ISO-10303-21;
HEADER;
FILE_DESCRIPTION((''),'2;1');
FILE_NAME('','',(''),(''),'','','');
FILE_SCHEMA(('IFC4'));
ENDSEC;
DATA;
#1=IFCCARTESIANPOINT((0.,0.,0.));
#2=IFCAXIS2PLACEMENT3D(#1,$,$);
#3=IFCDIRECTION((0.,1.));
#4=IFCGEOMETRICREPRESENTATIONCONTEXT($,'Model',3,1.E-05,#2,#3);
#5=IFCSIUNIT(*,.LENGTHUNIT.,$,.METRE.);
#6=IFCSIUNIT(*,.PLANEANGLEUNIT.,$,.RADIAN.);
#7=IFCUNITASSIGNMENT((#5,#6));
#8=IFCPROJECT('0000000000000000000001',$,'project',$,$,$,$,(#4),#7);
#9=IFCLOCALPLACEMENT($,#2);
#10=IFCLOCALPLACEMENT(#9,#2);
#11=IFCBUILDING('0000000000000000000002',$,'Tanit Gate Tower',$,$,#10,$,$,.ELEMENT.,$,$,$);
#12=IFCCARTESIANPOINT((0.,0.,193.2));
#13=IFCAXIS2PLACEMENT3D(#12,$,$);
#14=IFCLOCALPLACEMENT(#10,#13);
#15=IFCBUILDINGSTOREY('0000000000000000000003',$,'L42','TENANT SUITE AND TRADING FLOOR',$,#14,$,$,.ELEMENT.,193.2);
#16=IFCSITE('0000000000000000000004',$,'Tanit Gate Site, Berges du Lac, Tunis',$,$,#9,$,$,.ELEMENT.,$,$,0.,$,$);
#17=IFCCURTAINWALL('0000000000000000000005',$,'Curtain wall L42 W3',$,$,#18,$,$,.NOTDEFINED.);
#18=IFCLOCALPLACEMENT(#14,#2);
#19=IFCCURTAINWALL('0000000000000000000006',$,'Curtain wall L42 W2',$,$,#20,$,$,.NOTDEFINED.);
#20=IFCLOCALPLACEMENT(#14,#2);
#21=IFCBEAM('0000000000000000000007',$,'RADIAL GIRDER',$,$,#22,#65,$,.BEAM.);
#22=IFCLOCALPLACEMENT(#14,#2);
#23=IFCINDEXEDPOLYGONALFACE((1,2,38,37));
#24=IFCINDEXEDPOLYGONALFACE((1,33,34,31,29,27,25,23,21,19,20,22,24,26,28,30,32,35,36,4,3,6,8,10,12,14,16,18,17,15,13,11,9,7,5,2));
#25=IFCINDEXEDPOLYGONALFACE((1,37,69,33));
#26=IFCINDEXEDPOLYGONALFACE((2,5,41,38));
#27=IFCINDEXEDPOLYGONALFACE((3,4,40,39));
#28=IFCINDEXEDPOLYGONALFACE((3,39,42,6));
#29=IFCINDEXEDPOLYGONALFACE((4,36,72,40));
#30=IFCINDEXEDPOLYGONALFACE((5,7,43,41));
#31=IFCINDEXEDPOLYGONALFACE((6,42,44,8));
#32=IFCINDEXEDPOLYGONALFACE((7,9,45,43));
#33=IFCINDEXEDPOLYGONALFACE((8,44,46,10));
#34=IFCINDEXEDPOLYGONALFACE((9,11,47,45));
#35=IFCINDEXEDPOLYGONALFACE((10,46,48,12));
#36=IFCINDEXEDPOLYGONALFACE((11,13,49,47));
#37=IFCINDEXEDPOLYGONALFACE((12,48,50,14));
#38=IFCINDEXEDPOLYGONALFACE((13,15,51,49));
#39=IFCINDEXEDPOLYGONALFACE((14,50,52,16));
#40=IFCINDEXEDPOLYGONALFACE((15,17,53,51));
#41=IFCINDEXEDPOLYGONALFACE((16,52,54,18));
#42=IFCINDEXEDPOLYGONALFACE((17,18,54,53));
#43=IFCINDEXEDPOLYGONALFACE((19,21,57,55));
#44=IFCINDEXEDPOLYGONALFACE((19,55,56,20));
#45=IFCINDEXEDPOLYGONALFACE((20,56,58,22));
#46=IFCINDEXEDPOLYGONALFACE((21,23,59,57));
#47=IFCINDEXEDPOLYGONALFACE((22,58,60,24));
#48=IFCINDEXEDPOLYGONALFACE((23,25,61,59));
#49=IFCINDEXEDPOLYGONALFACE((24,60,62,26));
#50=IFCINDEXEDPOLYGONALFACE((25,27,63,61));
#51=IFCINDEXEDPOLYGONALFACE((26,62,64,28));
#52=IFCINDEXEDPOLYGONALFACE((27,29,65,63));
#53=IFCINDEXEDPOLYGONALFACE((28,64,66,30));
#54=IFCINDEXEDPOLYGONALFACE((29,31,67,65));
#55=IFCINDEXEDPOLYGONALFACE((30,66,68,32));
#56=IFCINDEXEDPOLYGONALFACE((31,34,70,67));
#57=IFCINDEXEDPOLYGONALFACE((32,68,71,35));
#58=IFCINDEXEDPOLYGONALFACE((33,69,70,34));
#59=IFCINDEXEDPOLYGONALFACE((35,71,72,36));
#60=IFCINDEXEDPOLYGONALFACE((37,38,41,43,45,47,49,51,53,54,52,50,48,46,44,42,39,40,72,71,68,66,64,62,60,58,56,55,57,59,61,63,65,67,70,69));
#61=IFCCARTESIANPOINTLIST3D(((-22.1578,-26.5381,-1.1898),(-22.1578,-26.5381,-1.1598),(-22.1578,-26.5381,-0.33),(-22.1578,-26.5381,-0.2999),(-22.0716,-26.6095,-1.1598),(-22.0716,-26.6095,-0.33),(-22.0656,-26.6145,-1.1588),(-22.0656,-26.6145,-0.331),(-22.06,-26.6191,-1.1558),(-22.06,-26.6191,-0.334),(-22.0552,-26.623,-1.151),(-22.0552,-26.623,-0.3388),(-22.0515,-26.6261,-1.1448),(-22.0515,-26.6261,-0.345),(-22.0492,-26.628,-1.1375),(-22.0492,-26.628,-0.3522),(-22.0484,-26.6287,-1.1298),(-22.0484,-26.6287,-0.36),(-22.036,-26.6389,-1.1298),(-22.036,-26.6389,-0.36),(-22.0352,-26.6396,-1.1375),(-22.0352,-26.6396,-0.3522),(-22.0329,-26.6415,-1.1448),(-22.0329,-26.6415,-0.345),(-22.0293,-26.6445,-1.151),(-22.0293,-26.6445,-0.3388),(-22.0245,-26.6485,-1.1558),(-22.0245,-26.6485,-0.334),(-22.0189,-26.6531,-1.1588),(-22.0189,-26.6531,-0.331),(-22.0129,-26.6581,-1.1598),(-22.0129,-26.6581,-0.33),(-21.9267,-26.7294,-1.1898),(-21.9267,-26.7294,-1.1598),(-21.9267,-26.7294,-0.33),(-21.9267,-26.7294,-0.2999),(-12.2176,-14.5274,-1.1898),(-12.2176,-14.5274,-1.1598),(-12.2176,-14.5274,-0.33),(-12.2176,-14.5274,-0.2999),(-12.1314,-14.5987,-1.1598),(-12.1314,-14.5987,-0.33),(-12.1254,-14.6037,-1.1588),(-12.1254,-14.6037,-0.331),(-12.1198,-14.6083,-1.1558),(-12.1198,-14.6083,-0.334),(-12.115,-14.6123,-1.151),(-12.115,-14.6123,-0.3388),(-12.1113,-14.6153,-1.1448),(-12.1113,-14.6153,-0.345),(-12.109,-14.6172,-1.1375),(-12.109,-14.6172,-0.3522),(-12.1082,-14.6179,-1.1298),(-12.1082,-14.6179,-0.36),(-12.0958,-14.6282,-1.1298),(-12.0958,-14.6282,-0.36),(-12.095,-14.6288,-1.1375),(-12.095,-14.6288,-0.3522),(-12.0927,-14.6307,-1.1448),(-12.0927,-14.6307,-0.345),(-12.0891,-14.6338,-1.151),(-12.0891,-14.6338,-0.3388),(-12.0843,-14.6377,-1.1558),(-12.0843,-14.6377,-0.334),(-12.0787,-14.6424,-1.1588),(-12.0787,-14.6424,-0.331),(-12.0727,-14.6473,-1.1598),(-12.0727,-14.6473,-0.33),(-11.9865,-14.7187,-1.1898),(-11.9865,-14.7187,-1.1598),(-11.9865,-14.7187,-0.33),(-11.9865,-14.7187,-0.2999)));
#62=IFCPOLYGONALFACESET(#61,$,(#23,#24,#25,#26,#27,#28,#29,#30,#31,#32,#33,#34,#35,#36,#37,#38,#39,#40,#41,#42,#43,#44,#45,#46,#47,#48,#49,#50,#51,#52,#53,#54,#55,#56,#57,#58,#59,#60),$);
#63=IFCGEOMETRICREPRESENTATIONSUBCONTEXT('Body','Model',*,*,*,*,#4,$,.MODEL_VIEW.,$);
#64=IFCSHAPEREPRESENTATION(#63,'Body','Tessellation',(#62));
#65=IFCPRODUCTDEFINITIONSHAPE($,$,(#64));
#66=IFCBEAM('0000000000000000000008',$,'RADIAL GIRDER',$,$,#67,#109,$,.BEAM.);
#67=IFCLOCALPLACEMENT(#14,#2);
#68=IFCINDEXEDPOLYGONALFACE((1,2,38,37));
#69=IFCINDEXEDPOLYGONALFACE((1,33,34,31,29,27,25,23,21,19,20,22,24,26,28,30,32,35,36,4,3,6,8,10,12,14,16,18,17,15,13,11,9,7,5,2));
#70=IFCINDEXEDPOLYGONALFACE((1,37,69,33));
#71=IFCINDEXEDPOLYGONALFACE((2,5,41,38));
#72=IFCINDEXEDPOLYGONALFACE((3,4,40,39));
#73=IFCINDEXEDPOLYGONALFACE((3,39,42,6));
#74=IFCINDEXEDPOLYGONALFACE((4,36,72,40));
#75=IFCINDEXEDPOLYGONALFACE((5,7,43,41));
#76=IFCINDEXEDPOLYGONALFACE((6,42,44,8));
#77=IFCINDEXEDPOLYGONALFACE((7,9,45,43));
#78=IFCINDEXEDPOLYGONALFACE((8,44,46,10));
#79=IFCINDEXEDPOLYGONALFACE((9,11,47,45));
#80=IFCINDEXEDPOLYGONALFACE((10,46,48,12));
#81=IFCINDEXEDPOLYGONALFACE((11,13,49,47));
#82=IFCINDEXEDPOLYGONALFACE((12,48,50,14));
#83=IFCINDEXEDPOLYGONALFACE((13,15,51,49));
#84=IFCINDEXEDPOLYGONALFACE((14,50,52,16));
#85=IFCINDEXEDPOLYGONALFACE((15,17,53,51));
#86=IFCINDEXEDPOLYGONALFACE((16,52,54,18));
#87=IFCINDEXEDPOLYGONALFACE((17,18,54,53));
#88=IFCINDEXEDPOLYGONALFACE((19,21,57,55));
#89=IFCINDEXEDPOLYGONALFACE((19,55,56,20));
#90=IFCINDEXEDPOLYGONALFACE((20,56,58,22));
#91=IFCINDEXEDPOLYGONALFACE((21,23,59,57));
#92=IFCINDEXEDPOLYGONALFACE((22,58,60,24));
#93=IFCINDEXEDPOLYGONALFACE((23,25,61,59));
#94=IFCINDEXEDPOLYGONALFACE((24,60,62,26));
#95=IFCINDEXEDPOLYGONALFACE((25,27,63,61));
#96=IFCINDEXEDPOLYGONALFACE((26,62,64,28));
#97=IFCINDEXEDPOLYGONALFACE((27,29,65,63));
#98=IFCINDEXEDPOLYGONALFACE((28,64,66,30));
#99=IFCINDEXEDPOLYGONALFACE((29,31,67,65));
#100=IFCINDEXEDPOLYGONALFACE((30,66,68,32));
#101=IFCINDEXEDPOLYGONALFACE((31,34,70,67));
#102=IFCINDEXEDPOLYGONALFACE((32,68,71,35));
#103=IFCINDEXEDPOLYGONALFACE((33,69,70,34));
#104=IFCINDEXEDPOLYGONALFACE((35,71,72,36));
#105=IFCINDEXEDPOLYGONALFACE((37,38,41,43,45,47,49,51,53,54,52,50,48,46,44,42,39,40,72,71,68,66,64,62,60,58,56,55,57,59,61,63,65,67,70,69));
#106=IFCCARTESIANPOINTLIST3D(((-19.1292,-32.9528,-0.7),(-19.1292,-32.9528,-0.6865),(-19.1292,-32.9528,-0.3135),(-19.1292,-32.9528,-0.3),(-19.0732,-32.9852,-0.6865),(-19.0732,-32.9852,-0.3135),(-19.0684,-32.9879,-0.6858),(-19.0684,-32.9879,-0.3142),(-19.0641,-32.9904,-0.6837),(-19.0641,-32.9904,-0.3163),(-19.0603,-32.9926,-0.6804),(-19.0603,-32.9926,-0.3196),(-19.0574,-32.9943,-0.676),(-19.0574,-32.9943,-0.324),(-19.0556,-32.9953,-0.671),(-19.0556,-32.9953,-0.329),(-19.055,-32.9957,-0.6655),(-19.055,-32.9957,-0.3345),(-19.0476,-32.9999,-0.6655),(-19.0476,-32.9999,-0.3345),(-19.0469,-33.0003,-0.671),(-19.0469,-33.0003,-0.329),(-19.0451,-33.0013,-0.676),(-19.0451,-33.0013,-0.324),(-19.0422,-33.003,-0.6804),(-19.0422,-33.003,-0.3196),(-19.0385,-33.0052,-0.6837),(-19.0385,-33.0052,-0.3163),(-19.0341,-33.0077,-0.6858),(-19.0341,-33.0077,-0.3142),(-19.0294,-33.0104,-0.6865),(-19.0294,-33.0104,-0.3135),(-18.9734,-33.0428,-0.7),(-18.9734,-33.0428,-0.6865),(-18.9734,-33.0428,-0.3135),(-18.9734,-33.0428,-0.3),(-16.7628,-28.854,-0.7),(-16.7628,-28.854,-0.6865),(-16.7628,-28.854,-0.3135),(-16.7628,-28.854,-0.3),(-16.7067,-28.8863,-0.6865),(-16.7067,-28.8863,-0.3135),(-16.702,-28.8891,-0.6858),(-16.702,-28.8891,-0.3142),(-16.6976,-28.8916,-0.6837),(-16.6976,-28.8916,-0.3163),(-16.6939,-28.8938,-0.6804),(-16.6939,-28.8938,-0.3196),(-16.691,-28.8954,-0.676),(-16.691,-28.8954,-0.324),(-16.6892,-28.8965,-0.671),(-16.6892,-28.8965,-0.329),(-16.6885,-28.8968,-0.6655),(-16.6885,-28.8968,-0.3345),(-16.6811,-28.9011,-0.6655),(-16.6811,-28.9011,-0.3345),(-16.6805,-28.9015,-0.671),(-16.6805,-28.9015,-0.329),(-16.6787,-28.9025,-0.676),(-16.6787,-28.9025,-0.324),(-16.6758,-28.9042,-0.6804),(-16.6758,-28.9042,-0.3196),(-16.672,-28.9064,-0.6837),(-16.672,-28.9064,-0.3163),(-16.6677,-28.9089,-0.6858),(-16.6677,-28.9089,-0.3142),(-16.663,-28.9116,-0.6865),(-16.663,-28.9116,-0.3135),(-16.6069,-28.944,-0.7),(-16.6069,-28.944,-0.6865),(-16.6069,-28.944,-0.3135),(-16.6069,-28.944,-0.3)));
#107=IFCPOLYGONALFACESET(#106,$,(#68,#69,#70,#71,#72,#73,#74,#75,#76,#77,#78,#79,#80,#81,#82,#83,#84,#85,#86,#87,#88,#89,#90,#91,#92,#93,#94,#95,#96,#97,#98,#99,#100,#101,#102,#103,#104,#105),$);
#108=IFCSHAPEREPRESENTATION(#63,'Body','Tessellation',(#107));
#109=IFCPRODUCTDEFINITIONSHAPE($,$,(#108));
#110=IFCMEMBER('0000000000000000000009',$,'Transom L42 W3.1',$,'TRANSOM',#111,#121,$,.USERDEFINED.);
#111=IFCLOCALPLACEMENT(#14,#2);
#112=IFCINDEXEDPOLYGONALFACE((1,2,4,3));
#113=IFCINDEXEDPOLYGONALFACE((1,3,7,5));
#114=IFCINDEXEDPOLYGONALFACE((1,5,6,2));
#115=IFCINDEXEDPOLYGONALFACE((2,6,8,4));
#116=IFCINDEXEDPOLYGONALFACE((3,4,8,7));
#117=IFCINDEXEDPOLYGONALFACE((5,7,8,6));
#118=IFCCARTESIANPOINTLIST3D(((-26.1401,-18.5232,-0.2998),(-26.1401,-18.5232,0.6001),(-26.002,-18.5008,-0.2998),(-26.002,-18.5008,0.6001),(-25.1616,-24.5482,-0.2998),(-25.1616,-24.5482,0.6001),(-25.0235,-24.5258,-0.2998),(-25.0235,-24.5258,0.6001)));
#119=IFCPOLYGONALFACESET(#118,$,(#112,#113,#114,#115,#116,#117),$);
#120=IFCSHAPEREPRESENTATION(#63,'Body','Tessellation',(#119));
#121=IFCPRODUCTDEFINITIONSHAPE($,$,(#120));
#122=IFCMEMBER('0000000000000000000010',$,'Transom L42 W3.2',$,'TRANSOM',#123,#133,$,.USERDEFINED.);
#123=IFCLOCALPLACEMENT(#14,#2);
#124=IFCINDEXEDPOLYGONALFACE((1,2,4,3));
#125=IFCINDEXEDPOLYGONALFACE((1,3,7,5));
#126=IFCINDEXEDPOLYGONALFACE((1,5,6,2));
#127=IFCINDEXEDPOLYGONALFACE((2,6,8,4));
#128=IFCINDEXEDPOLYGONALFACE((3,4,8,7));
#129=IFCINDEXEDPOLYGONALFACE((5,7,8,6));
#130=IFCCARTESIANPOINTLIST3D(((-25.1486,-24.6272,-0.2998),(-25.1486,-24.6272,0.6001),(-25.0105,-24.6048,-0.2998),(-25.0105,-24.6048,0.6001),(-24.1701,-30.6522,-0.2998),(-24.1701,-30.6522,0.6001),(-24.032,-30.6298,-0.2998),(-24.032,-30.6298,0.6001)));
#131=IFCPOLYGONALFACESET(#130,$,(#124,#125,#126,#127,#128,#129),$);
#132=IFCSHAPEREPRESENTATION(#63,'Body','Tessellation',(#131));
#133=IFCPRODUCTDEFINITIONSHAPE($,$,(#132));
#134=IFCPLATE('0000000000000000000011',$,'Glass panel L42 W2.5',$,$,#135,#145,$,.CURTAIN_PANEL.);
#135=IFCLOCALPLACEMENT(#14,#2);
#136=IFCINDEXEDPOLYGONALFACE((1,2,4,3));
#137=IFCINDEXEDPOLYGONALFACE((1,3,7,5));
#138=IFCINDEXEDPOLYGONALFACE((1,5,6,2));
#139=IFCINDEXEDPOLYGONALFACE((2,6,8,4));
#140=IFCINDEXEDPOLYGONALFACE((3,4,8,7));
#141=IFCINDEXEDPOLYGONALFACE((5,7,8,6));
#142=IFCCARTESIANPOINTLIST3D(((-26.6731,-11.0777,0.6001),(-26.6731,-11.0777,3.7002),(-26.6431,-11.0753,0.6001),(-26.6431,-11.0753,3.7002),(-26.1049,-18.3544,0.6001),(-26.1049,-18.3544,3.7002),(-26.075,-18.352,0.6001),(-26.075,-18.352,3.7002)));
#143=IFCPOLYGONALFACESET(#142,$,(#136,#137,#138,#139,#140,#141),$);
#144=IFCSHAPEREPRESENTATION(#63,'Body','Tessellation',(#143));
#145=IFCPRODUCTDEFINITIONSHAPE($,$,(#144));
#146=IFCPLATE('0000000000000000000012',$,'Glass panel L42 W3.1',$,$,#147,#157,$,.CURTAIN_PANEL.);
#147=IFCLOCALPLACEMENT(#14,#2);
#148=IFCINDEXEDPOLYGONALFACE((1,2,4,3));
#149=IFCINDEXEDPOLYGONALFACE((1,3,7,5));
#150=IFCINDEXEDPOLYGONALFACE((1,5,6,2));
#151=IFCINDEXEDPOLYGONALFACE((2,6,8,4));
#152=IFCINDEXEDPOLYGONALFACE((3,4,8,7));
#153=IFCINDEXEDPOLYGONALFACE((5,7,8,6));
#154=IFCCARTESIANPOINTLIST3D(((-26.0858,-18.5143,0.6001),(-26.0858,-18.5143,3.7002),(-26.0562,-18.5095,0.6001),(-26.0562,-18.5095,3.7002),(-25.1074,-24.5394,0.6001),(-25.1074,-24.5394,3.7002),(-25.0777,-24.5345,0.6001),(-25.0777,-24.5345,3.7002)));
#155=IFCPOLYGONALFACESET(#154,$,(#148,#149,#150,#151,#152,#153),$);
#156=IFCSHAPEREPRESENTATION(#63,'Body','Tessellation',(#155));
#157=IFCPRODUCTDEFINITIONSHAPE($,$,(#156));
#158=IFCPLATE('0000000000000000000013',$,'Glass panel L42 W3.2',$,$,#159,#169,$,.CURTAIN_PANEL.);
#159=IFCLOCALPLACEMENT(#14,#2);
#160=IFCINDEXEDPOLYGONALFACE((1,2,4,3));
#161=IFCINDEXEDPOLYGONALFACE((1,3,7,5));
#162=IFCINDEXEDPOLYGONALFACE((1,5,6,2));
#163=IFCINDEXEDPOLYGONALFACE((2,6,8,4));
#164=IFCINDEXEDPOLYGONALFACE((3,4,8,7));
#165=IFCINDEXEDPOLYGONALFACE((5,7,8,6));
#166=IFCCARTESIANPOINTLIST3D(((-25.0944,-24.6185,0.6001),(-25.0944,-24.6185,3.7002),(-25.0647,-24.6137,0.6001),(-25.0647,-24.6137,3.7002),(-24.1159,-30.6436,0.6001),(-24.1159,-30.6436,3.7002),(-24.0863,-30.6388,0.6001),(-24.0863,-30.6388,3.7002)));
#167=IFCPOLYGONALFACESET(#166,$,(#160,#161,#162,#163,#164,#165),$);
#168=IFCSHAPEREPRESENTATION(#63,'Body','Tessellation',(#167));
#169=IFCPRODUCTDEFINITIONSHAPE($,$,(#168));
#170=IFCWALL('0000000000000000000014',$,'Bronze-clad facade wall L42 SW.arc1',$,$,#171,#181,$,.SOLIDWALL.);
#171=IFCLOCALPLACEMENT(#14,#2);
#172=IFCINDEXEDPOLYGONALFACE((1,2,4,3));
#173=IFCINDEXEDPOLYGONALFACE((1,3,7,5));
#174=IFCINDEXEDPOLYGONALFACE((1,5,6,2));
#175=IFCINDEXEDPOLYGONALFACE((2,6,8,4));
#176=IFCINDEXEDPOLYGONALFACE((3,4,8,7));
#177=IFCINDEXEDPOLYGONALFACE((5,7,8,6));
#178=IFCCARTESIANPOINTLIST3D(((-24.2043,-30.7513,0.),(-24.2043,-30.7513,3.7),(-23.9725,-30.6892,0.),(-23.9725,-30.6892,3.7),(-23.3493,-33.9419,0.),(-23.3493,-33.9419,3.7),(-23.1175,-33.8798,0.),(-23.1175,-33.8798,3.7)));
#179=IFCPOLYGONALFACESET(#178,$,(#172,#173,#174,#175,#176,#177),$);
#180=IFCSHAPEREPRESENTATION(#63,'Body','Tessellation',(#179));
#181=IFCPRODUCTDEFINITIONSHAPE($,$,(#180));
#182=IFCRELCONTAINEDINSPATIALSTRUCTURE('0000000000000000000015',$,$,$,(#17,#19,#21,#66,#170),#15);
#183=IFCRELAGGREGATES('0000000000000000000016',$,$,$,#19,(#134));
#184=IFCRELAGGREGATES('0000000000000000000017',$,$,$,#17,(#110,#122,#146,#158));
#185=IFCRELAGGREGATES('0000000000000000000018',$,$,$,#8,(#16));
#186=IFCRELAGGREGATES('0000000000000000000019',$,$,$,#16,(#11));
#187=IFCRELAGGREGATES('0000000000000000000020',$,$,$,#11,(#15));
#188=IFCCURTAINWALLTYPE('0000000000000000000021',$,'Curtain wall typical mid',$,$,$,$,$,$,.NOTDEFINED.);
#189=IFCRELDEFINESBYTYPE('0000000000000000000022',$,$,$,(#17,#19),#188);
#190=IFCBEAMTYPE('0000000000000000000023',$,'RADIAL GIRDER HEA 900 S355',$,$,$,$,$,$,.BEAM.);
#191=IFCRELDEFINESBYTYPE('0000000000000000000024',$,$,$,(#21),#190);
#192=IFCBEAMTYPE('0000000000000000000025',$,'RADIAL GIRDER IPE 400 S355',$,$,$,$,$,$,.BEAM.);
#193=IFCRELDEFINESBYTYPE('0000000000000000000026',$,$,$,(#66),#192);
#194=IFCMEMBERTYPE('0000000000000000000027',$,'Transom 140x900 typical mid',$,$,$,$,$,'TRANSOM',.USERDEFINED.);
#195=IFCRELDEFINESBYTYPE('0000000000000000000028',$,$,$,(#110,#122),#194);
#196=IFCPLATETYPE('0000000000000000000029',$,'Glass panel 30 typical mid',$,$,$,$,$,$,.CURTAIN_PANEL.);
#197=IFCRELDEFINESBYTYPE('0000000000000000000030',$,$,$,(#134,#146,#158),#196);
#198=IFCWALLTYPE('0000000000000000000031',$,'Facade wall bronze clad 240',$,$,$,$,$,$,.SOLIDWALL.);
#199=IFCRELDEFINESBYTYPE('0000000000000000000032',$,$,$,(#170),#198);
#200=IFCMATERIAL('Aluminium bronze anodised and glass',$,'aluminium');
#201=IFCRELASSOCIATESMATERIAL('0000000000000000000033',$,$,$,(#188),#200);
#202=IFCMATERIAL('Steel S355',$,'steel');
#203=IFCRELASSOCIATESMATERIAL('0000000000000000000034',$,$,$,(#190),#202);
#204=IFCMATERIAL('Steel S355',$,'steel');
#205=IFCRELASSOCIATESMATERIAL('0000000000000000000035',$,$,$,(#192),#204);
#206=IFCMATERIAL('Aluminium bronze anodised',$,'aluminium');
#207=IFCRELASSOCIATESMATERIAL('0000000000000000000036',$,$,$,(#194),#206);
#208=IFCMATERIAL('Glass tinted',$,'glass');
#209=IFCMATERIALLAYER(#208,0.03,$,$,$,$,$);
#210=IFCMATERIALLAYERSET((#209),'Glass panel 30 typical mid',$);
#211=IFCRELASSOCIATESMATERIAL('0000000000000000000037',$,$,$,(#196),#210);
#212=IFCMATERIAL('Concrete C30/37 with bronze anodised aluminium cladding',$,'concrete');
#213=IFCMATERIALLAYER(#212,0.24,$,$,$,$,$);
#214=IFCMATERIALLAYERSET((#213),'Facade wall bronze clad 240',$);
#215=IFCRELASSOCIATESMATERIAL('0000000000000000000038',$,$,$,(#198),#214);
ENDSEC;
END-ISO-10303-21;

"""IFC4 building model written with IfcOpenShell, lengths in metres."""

from ifc_helpers import new_model, si_unit, direction, frame, frame_2d, origin, origin_2d, place, context, subcontext, project, spatial, rectangle, i_section, extrude, material, layer, layer_set, material_profile, profile_set, type_object, element, aggregate, save


model = new_model("IFC4")

# Units and contexts
model_context = context("Model", 3, precision=1e-05, world=origin(), true_north=direction((0.0, 1.0)))
body_context = subcontext(model_context, "Body", "Model", "MODEL_VIEW")
ifc_project = project(units=[si_unit("LENGTHUNIT", "METRE"), si_unit("PLANEANGLEUNIT", "RADIAN")], contexts=[model_context])

# Site, building, storey
site_placement = place(None, origin())
site = spatial("IfcSite", under=ifc_project, at=site_placement, Name="Tanit Gate Site, Berges du Lac, Tunis", CompositionType="ELEMENT", RefElevation=0.0)
building_placement = place(site_placement, origin())
building = spatial("IfcBuilding", under=site, at=building_placement, Name="Tanit Gate Tower", CompositionType="ELEMENT")
storey_placement = place(building_placement, frame((0.0, 0.0, 193.2)))
storey = spatial("IfcBuildingStorey", under=building, at=storey_placement, Name="L42", Description="TENANT SUITE AND TRADING FLOOR", CompositionType="ELEMENT", Elevation=193.2)

# Curtain wall
ifc_material_1 = material(Name="Aluminium bronze anodised and glass", Category="aluminium")
curtain_wall_type = type_object("IfcCurtainWallType", Name="Curtain wall typical mid", PredefinedType="NOTDEFINED", material=ifc_material_1)
curtain_wall_1_placement = place(storey_placement, origin())
curtain_wall_1 = element("IfcCurtainWall", 1, at=curtain_wall_1_placement, inside=storey, type_object=curtain_wall_type, Name="Curtain wall L42 W3", PredefinedType="NOTDEFINED")

# Curtain wall
curtain_wall_2_placement = place(storey_placement, origin())
curtain_wall_2 = element("IfcCurtainWall", 2, at=curtain_wall_2_placement, inside=storey, type_object=curtain_wall_type, Name="Curtain wall L42 W2", PredefinedType="NOTDEFINED")

# Beams
ifc_material_2 = material(Name="Steel S355", Category="steel")
ifc_material_profile_1 = material_profile(ifc_material_2, i_section(OverallWidth=0.3, OverallDepth=0.8899, WebThickness=0.0161, FlangeThickness=0.03, FilletRadius=0.03, at=origin_2d()), Name="HEA 900")
ifc_profile_set_1 = profile_set([ifc_material_profile_1], Name="Steel S355")
beam_type_1 = type_object("IfcBeamType", Name="RADIAL GIRDER HEA 900 S355", PredefinedType="BEAM", material=ifc_profile_set_1)
beam_1_placement = place(storey_placement, frame((-22.0422, -26.6338, -0.7449), z_axis=(0.637578, 0.770386, 0.0), x_axis=(-0.770386, 0.637578, 0.0)))
element("IfcBeam", 3, at=beam_1_placement, inside=storey, type_object=beam_type_1, Name="RADIAL GIRDER", PredefinedType="BEAM", context=body_context, shape_type="SweptSolid", body=[
    extrude(i_section(OverallWidth=0.3, OverallDepth=0.8899, WebThickness=0.0161, FlangeThickness=0.03, FilletRadius=0.03, at=origin_2d()), origin(), (0.0, 0.0, 1.0), 15.5906),
])
ifc_material_3 = material(Name="Steel S355", Category="steel")
ifc_material_profile_2 = material_profile(ifc_material_3, i_section(OverallWidth=0.1799, OverallDepth=0.3999, WebThickness=0.0085, FlangeThickness=0.0134, FilletRadius=0.021, at=origin_2d()), Name="IPE 400")
ifc_profile_set_2 = profile_set([ifc_material_profile_2], Name="Steel S355")
beam_type_2 = type_object("IfcBeamType", Name="RADIAL GIRDER IPE 400 S355", PredefinedType="BEAM", material=ifc_profile_set_2)
beam_2_placement = place(storey_placement, frame((-19.0513, -32.9978, -0.5), z_axis=(0.499995, 0.866028, 0.0), x_axis=(-0.866028, 0.499995, 0.0)))
element("IfcBeam", 4, at=beam_2_placement, inside=storey, type_object=beam_type_2, Name="RADIAL GIRDER", PredefinedType="BEAM", context=body_context, shape_type="SweptSolid", body=[
    extrude(i_section(OverallWidth=0.1799, OverallDepth=0.3999, WebThickness=0.0085, FlangeThickness=0.0134, FilletRadius=0.021, at=origin_2d()), origin(), (0.0, 0.0, 1.0), 4.7329),
])

# Members
ifc_material_4 = material(Name="Aluminium bronze anodised", Category="aluminium")
ifc_material_profile_3 = material_profile(ifc_material_4, rectangle(XDim=0.1399, YDim=0.8999, at=origin_2d()), Name="140x900 bronze transom")
ifc_profile_set_3 = profile_set([ifc_material_profile_3], Name="Aluminium bronze anodised")
member_type_1 = type_object("IfcMemberType", Name="Transom 140x900 typical mid", ElementType="TRANSOM", PredefinedType="USERDEFINED", material=ifc_profile_set_3)
member_1_placement = place(storey_placement, frame((-26.071, -18.512, 0.1501), z_axis=(0.160305, -0.987068, 0.0), x_axis=(0.987068, 0.160305, 0.0)))
member_1 = element("IfcMember", 5, at=member_1_placement, type_object=member_type_1, Name="Transom L42 W3.1", ObjectType="TRANSOM", PredefinedType="USERDEFINED", context=body_context, shape_type="SweptSolid", body=[
    extrude(rectangle(XDim=0.1399, YDim=0.8999, at=origin_2d()), origin(), (0.0, 0.0, 1.0), 6.104),
])
member_2_placement = place(storey_placement, frame((-25.0796, -24.616, 0.1501), z_axis=(0.160305, -0.987068, 0.0), x_axis=(0.987068, 0.160305, 0.0)))
member_2 = element("IfcMember", 6, at=member_2_placement, type_object=member_type_1, Name="Transom L42 W3.2", ObjectType="TRANSOM", PredefinedType="USERDEFINED", context=body_context, shape_type="SweptSolid", body=[
    extrude(rectangle(XDim=0.1399, YDim=0.8999, at=origin_2d()), origin(), (0.0, 0.0, 1.0), 6.104),
])

# Plates
ifc_material_5 = material(Name="Glass tinted", Category="glass")
ifc_layer_1 = layer(ifc_material_5, 0.03)
ifc_layer_set_1 = layer_set([ifc_layer_1], Name="Glass panel 30 typical mid")
plate_type = type_object("IfcPlateType", Name="Glass panel 30 typical mid", PredefinedType="CURTAIN_PANEL", material=ifc_layer_set_1)
plate_1_placement = place(storey_placement, frame((-26.374, -14.7148, 0.6001), z_axis=(0.0, 0.0, 1.0), x_axis=(0.077839, -0.996966, 0.0)))
plate_1 = element("IfcPlate", 7, at=plate_1_placement, type_object=plate_type, Name="Glass panel L42 W2.5", PredefinedType="CURTAIN_PANEL", context=body_context, shape_type="SweptSolid", body=[
    extrude(rectangle(XDim=7.2988, YDim=0.03, at=origin_2d()), origin(), (0.0, 0.0, 1.0), 3.1001),
])
aggregate(curtain_wall_2, [plate_1])
plate_2_placement = place(storey_placement, frame((-25.5818, -21.5244, 0.6001), z_axis=(0.0, 0.0, 1.0), x_axis=(0.1603, -0.987068, 0.0)))
plate_2 = element("IfcPlate", 8, at=plate_2_placement, type_object=plate_type, Name="Glass panel L42 W3.1", PredefinedType="CURTAIN_PANEL", context=body_context, shape_type="SweptSolid", body=[
    extrude(rectangle(XDim=6.104, YDim=0.03, at=origin_2d()), origin(), (0.0, 0.0, 1.0), 3.1001),
])
plate_3_placement = place(storey_placement, frame((-24.5903, -27.6287, 0.6001), z_axis=(0.0, 0.0, 1.0), x_axis=(0.1603, -0.987068, 0.0)))
plate_3 = element("IfcPlate", 9, at=plate_3_placement, type_object=plate_type, Name="Glass panel L42 W3.2", PredefinedType="CURTAIN_PANEL", context=body_context, shape_type="SweptSolid", body=[
    extrude(rectangle(XDim=6.104, YDim=0.03, at=origin_2d()), origin(), (0.0, 0.0, 1.0), 3.1001),
])
aggregate(curtain_wall_1, [member_1, member_2, plate_2, plate_3])

# Wall
ifc_material_6 = material(Name="Concrete C30/37 with bronze anodised aluminium cladding", Category="concrete")
ifc_layer_2 = layer(ifc_material_6, 0.24)
ifc_layer_set_2 = layer_set([ifc_layer_2], Name="Facade wall bronze clad 240")
wall_type_1 = type_object("IfcWallType", Name="Facade wall bronze clad 240", PredefinedType="SOLIDWALL", material=ifc_layer_set_2)
wall_1_placement = place(storey_placement, frame((-24.0884, -30.7202, 0.0), z_axis=(0.0, 0.0, 1.0), x_axis=(0.258831, -0.965923, 0.0)))
element("IfcWall", 10, at=wall_1_placement, inside=storey, type_object=wall_type_1, Name="Bronze-clad facade wall L42 SW.arc1", PredefinedType="SOLIDWALL", context=body_context, shape_type="SweptSolid", body=[
    extrude(rectangle(XDim=3.3032, YDim=0.24, at=frame_2d((1.6516, 0.0))), origin(), (0.0, 0.0, 1.0), 3.7),
])

save(model, "model.ifc")
